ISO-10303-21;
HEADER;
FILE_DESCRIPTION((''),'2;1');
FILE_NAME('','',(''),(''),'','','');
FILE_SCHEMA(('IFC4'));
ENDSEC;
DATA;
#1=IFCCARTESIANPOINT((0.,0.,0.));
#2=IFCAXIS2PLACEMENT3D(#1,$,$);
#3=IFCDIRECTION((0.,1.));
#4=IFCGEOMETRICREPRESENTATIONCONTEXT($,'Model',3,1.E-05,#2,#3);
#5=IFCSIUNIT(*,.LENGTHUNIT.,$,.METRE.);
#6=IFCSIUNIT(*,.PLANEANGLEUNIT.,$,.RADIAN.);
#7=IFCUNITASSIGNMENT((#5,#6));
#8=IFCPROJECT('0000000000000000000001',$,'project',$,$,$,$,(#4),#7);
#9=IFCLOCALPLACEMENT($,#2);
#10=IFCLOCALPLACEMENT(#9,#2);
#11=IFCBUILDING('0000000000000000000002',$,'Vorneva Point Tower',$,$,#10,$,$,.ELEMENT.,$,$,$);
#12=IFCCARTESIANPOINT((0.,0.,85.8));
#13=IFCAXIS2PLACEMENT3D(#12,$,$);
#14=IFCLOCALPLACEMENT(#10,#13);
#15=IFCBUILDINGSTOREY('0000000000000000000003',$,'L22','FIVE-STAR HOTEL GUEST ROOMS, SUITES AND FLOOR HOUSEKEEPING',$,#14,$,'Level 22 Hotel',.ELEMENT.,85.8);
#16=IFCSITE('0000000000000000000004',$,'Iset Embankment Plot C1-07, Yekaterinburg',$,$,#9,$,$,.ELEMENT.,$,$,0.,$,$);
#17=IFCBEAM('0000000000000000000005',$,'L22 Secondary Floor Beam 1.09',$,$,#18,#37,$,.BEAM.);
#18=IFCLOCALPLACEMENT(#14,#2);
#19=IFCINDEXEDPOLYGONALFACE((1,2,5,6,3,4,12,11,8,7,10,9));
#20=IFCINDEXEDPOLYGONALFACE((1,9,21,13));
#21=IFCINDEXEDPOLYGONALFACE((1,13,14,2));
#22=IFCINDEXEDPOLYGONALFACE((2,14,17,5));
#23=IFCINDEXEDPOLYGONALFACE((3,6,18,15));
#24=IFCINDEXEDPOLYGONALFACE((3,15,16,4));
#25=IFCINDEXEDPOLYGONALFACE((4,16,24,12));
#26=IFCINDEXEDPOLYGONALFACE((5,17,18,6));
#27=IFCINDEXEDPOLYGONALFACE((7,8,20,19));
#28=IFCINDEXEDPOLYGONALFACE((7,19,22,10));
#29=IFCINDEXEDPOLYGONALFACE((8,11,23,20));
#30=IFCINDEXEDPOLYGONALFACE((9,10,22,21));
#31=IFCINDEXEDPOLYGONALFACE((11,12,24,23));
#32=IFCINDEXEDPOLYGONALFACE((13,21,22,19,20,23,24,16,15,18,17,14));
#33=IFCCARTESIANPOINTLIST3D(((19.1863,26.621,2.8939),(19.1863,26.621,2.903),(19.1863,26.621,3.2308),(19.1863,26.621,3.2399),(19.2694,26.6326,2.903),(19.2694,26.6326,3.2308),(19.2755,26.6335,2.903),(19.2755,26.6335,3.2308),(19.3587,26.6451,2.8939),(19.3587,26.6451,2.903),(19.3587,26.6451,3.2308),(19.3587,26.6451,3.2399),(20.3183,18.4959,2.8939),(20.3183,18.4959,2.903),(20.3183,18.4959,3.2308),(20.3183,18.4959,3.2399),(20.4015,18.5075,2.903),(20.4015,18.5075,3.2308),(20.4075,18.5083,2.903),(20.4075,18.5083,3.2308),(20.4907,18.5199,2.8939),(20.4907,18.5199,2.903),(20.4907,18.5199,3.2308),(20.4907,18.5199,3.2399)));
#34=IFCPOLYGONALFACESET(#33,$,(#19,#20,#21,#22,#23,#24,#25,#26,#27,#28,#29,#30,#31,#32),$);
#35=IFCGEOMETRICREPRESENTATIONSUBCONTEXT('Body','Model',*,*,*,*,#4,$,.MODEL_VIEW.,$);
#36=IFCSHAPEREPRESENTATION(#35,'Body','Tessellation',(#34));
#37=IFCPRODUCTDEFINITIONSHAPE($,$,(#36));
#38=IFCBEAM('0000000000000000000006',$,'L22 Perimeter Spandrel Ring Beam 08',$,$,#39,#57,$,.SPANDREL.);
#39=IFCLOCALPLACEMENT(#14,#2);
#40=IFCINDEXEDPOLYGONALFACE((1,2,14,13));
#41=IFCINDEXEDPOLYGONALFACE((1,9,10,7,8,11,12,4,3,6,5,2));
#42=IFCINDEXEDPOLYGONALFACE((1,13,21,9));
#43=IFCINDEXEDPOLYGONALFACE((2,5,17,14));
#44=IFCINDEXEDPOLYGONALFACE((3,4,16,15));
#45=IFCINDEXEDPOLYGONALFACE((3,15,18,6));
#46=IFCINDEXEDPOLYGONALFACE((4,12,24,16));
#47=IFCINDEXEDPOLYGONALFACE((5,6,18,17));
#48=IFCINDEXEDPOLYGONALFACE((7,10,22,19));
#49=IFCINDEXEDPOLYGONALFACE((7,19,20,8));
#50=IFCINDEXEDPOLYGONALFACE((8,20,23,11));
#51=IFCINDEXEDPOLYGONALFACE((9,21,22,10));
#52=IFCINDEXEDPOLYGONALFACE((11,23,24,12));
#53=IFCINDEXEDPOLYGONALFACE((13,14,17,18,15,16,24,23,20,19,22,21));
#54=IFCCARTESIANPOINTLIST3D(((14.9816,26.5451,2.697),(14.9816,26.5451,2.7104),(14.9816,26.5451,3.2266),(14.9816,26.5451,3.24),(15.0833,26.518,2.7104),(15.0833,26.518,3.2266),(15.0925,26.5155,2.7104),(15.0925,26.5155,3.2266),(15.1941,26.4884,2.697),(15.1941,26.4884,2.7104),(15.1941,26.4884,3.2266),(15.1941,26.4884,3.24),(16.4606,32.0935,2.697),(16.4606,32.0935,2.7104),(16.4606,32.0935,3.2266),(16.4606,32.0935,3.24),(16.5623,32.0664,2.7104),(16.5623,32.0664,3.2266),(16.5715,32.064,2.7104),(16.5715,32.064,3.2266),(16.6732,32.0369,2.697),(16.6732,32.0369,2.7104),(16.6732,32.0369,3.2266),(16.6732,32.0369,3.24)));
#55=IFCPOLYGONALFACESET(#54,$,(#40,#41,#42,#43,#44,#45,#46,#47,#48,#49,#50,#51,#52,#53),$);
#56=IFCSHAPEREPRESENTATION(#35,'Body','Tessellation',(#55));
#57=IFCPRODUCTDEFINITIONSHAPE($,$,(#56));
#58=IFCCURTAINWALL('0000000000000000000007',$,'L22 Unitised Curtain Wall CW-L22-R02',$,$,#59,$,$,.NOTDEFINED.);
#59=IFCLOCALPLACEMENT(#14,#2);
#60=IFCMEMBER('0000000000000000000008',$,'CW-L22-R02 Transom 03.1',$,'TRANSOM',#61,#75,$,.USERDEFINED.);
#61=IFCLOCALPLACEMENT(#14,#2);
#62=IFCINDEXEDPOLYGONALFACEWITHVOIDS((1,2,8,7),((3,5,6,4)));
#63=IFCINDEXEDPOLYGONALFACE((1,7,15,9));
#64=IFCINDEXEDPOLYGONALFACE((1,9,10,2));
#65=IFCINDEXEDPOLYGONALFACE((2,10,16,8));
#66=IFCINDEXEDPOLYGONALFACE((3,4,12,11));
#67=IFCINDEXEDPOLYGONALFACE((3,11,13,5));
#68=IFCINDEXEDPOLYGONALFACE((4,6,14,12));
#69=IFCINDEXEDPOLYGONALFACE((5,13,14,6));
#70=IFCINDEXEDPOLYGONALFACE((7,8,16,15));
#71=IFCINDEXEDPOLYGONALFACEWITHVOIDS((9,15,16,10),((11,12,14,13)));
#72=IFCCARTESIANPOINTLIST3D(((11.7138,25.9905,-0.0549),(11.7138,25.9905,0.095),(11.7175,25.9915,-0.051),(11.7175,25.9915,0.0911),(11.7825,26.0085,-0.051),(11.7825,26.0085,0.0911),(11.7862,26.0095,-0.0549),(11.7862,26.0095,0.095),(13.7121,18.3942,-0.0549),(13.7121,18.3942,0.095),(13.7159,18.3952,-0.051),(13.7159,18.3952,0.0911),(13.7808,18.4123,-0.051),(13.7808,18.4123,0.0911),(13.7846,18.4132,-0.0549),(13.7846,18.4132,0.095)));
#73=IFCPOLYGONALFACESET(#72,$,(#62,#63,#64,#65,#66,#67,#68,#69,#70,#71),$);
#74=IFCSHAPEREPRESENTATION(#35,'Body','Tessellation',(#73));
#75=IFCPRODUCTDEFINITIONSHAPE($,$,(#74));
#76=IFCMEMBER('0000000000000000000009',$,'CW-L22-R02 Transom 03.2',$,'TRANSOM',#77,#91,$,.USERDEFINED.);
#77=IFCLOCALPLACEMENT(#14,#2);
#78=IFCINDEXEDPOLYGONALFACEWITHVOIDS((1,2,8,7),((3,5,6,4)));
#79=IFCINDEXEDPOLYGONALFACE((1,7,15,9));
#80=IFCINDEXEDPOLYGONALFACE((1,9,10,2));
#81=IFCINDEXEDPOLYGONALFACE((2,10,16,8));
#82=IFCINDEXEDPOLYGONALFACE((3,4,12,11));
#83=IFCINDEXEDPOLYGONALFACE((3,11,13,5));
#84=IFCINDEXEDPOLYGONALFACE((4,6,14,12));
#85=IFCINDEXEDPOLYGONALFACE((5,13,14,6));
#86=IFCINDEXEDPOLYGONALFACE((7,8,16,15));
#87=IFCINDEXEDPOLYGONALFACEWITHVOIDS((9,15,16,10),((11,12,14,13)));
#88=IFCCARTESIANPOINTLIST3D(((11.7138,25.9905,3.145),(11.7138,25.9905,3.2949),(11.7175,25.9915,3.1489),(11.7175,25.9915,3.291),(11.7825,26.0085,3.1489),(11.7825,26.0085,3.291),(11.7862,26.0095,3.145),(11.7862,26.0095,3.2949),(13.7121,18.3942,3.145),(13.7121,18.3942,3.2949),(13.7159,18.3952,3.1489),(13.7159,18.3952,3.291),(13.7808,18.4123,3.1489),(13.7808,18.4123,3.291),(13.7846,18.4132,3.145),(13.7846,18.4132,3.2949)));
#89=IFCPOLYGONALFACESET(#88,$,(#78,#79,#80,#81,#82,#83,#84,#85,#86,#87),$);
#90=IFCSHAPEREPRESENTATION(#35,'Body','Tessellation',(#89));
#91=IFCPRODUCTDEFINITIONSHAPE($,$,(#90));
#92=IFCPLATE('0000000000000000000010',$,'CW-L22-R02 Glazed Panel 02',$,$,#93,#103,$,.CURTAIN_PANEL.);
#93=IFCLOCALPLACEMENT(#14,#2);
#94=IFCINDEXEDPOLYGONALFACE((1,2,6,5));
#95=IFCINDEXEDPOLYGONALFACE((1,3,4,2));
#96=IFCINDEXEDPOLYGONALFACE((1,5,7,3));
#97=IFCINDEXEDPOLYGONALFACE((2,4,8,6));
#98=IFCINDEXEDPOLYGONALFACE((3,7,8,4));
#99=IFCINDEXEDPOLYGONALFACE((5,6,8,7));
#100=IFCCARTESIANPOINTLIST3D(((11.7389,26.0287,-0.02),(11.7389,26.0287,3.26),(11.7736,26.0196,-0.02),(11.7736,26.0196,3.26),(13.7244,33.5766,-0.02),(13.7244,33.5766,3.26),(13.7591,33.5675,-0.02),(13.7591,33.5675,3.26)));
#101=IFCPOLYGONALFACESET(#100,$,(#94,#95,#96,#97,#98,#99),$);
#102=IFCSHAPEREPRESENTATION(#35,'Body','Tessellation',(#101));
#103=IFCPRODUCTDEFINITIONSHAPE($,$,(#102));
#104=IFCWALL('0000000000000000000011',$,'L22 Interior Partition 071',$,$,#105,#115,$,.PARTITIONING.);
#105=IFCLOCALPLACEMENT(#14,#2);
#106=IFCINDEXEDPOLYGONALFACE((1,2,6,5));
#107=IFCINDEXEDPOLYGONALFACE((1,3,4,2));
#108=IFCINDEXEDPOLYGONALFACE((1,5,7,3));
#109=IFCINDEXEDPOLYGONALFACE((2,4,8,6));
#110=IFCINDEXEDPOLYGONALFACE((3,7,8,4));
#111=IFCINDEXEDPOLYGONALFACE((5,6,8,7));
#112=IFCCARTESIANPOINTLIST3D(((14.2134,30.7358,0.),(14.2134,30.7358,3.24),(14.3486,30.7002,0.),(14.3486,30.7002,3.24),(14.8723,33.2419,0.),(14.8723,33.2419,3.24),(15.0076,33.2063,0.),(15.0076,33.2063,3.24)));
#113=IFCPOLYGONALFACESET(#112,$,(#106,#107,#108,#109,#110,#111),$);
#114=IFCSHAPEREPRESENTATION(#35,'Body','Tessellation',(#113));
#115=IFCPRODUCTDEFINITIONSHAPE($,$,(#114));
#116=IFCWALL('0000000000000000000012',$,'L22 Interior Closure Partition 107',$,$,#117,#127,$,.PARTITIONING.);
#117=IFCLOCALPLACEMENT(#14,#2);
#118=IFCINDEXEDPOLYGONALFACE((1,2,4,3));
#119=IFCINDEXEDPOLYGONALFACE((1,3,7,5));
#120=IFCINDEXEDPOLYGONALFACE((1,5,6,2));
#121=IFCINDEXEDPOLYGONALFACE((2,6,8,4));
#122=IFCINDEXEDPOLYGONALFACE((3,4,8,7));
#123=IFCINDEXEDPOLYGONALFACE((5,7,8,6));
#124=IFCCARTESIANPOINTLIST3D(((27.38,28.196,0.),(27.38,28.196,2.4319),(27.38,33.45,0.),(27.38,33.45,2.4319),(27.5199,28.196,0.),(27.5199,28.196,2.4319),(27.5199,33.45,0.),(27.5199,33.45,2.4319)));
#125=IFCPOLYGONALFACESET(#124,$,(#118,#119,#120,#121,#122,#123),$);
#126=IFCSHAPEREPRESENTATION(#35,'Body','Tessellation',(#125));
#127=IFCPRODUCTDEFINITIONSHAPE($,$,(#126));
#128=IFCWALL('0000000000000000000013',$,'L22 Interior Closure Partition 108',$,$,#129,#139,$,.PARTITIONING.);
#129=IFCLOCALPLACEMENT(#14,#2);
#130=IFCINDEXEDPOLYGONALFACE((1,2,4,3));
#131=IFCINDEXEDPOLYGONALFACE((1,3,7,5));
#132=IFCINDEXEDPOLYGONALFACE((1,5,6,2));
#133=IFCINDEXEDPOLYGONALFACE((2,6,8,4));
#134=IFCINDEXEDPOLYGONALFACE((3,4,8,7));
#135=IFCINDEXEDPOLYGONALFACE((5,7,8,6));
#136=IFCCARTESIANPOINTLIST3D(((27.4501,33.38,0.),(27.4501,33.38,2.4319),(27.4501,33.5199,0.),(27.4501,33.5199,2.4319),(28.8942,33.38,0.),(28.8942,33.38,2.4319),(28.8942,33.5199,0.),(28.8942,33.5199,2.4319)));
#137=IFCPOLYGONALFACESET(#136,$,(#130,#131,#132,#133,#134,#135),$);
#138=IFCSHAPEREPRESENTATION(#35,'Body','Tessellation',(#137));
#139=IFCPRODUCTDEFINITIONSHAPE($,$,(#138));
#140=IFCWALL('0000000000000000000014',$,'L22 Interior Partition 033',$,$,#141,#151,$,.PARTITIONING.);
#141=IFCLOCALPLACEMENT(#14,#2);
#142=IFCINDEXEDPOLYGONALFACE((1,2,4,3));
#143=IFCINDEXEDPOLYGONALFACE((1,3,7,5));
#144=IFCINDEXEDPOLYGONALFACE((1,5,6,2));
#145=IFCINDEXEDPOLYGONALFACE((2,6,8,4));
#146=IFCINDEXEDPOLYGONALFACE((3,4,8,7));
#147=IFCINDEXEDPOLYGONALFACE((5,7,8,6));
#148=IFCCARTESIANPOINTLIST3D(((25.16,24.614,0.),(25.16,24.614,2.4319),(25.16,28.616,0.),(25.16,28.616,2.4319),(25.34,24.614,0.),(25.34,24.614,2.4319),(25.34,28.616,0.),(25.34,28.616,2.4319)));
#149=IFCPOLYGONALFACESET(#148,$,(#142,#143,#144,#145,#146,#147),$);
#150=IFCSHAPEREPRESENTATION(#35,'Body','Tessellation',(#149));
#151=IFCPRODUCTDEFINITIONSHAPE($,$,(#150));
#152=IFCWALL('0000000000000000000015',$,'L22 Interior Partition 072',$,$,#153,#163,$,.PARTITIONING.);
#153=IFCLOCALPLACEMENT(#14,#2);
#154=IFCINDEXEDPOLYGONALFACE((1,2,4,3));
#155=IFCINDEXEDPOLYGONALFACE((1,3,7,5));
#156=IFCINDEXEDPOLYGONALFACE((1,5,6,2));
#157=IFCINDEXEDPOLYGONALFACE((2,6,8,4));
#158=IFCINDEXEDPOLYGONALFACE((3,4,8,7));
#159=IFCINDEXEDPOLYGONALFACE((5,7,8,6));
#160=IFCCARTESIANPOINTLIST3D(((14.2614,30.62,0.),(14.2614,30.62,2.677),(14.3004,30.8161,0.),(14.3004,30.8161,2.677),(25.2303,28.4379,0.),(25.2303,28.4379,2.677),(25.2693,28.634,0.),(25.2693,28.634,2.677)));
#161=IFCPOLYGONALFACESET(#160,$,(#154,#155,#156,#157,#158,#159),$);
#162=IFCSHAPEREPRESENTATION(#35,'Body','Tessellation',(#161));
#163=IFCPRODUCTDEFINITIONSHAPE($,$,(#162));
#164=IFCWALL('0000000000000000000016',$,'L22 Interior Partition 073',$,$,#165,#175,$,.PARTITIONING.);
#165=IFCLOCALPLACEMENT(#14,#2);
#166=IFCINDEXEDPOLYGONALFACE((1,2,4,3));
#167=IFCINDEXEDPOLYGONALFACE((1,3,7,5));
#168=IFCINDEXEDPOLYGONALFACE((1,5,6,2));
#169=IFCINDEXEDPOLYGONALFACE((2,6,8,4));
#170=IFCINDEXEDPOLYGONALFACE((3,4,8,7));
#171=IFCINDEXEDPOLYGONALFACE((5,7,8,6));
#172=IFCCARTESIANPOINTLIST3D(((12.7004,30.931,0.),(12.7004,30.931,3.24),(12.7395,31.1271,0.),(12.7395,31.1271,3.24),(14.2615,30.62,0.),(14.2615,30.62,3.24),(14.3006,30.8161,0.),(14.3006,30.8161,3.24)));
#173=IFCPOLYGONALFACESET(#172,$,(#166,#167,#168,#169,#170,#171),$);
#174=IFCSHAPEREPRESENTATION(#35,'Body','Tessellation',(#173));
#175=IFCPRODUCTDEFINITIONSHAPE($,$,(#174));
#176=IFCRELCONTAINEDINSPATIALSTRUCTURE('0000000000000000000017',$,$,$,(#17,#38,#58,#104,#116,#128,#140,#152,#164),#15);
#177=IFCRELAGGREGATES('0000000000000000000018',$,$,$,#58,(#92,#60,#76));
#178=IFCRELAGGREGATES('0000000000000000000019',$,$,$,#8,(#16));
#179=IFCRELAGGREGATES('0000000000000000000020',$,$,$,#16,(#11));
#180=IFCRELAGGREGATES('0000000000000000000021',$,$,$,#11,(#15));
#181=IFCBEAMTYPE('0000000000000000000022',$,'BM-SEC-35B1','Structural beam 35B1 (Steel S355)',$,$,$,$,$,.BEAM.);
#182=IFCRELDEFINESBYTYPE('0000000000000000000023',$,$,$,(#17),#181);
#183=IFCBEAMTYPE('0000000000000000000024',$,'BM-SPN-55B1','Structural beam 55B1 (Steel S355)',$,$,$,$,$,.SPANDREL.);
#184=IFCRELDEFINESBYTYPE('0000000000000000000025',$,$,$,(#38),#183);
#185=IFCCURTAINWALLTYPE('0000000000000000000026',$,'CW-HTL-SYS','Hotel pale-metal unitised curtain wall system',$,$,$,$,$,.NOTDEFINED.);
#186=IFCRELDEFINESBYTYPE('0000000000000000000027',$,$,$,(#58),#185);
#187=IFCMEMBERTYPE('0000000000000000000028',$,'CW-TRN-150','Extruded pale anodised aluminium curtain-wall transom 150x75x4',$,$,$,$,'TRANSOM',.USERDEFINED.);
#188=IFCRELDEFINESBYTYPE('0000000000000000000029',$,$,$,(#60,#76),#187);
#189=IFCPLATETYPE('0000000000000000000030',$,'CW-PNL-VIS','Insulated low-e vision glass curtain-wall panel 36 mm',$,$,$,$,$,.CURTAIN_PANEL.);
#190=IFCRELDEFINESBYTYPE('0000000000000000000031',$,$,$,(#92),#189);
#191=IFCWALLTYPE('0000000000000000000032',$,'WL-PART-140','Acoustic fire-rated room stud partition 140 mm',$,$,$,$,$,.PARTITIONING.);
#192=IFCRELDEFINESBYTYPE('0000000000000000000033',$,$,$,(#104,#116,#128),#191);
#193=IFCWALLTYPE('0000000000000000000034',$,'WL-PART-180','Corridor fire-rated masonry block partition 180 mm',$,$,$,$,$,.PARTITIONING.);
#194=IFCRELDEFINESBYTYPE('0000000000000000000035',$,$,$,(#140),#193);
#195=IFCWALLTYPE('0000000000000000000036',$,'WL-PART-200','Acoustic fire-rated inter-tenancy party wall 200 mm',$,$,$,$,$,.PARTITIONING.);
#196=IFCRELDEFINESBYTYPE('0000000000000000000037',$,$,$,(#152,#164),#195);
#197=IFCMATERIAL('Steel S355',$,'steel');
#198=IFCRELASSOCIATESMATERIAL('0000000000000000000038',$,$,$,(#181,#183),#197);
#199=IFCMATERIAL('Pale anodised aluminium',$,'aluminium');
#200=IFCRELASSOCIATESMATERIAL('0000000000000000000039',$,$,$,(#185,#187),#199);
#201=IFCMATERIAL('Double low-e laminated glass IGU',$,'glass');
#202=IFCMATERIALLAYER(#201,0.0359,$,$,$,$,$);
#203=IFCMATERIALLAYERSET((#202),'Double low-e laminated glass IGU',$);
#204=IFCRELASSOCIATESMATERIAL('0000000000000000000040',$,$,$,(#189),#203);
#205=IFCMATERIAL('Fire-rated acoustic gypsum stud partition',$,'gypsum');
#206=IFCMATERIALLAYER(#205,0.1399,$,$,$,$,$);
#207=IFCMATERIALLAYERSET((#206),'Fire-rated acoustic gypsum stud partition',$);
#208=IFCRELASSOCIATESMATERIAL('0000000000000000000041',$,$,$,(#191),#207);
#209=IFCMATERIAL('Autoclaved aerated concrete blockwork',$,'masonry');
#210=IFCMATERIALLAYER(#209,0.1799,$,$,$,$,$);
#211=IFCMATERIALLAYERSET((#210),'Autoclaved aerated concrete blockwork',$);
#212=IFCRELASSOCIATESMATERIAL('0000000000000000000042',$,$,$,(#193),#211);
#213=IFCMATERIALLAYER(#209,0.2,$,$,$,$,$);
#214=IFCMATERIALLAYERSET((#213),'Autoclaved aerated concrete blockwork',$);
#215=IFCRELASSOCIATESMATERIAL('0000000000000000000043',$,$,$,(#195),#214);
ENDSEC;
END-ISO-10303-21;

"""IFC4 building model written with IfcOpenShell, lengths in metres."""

from ifc_helpers import new_model, si_unit, direction, frame, frame_2d, origin, origin_2d, place, context, subcontext, project, spatial, rectangle, hollow_rectangle, i_section, extrude, material, layer, layer_set, material_profile, profile_set, type_object, element, aggregate, save


model = new_model("IFC4")

# Units and contexts
model_context = context("Model", 3, precision=1e-05, world=origin(), true_north=direction((0.0, 1.0)))
body_context = subcontext(model_context, "Body", "Model", "MODEL_VIEW")
ifc_project = project(units=[si_unit("LENGTHUNIT", "METRE"), si_unit("PLANEANGLEUNIT", "RADIAN")], contexts=[model_context])

# Site, building, storey
site_placement = place(None, origin())
site = spatial("IfcSite", under=ifc_project, at=site_placement, Name="Iset Embankment Plot C1-07, Yekaterinburg", CompositionType="ELEMENT", RefElevation=0.0)
building_placement = place(site_placement, origin())
building = spatial("IfcBuilding", under=site, at=building_placement, Name="Vorneva Point Tower", CompositionType="ELEMENT")
storey_placement = place(building_placement, frame((0.0, 0.0, 85.8)))
storey = spatial("IfcBuildingStorey", under=building, at=storey_placement, Name="L22", Description="FIVE-STAR HOTEL GUEST ROOMS, SUITES AND FLOOR HOUSEKEEPING", LongName="Level 22 Hotel", CompositionType="ELEMENT", Elevation=85.8)

# Beams
ifc_material_1 = material(Name="Steel S355", Category="steel")
ifc_material_profile_1 = material_profile(ifc_material_1, i_section(OverallWidth=0.1741, OverallDepth=0.3459, WebThickness=0.0061, FlangeThickness=0.009, at=origin_2d()), Name="35B1")
ifc_profile_set_1 = profile_set([ifc_material_profile_1], Name="Steel S355")
beam_type_1 = type_object("IfcBeamType", Name="BM-SEC-35B1", Description="Structural beam 35B1 (Steel S355)", PredefinedType="BEAM", material=ifc_profile_set_1)
beam_1_placement = place(storey_placement, frame((19.2725, 26.6331, 3.0669), z_axis=(0.137996, -0.990433, 0.0), x_axis=(0.990433, 0.137996, 0.0)))
element("IfcBeam", 1, at=beam_1_placement, inside=storey, type_object=beam_type_1, Name="L22 Secondary Floor Beam 1.09", PredefinedType="BEAM", context=body_context, shape_type="SweptSolid", body=[
    extrude(i_section(OverallWidth=0.1741, OverallDepth=0.3459, WebThickness=0.0061, FlangeThickness=0.009, at=origin_2d()), origin(), (0.0, 0.0, 1.0), 8.2036),
])
ifc_material_profile_2 = material_profile(ifc_material_1, i_section(OverallWidth=0.22, OverallDepth=0.543, WebThickness=0.0095, FlangeThickness=0.0134, at=origin_2d()), Name="55B1")
ifc_profile_set_2 = profile_set([ifc_material_profile_2], Name="Steel S355")
beam_type_2 = type_object("IfcBeamType", Name="BM-SPN-55B1", Description="Structural beam 55B1 (Steel S355)", PredefinedType="SPANDREL", material=ifc_profile_set_2)
beam_2_placement = place(storey_placement, frame((16.5669, 32.0652, 2.9685), z_axis=(-0.257573, -0.966259, 0.0), x_axis=(0.966259, -0.257573, 0.0)))
element("IfcBeam", 2, at=beam_2_placement, inside=storey, type_object=beam_type_2, Name="L22 Perimeter Spandrel Ring Beam 08", PredefinedType="SPANDREL", context=body_context, shape_type="SweptSolid", body=[
    extrude(i_section(OverallWidth=0.22, OverallDepth=0.543, WebThickness=0.0095, FlangeThickness=0.0134, at=origin_2d()), origin(), (0.0, 0.0, 1.0), 5.7422),
])

# Curtain wall, members, plate
ifc_material_2 = material(Name="Pale anodised aluminium", Category="aluminium")
curtain_wall_type = type_object("IfcCurtainWallType", Name="CW-HTL-SYS", Description="Hotel pale-metal unitised curtain wall system", PredefinedType="NOTDEFINED", material=ifc_material_2)
curtain_wall_placement = place(storey_placement, origin())
curtain_wall = element("IfcCurtainWall", 3, at=curtain_wall_placement, inside=storey, type_object=curtain_wall_type, Name="L22 Unitised Curtain Wall CW-L22-R02", PredefinedType="NOTDEFINED")
ifc_material_profile_3 = material_profile(ifc_material_2, hollow_rectangle(XDim=0.075, YDim=0.1499, WallThickness=0.0039, at=origin_2d()), Name="AL-TRN 150x75x4")
ifc_profile_set_3 = profile_set([ifc_material_profile_3], Name="Pale anodised aluminium")
member_type = type_object("IfcMemberType", Name="CW-TRN-150", Description="Extruded pale anodised aluminium curtain-wall transom 150x75x4", ElementType="TRANSOM", PredefinedType="USERDEFINED", material=ifc_profile_set_3)
member_1_placement = place(storey_placement, frame((11.75, 26.0, 0.02), z_axis=(0.254409, -0.967097, 0.0), x_axis=(0.967097, 0.254409, 0.0)))
member_1 = element("IfcMember", 4, at=member_1_placement, type_object=member_type, Name="CW-L22-R02 Transom 03.1", ObjectType="TRANSOM", PredefinedType="USERDEFINED", context=body_context, shape_type="SweptSolid", body=[
    extrude(hollow_rectangle(XDim=0.075, YDim=0.1499, WallThickness=0.0039, at=origin_2d()), origin(), (0.0, 0.0, 1.0), 7.8547),
])
member_2_placement = place(storey_placement, frame((11.75, 26.0, 3.22), z_axis=(0.254409, -0.967097, 0.0), x_axis=(0.967097, 0.254409, 0.0)))
member_2 = element("IfcMember", 5, at=member_2_placement, type_object=member_type, Name="CW-L22-R02 Transom 03.2", ObjectType="TRANSOM", PredefinedType="USERDEFINED", context=body_context, shape_type="SweptSolid", body=[
    extrude(hollow_rectangle(XDim=0.075, YDim=0.1499, WallThickness=0.0039, at=origin_2d()), origin(), (0.0, 0.0, 1.0), 7.8547),
])
ifc_material_3 = material(Name="Double low-e laminated glass IGU", Category="glass")
ifc_layer_1 = layer(ifc_material_3, 0.0359)
ifc_layer_set_1 = layer_set([ifc_layer_1], Name="Double low-e laminated glass IGU")
plate_type = type_object("IfcPlateType", Name="CW-PNL-VIS", Description="Insulated low-e vision glass curtain-wall panel 36 mm", PredefinedType="CURTAIN_PANEL", material=ifc_layer_set_1)
plate_placement = place(storey_placement, frame((12.749, 29.7981, -0.02), z_axis=(0.0, 0.0, 1.0), x_axis=(-0.254399, -0.967099, 0.0)))
plate = element("IfcPlate", 6, at=plate_placement, type_object=plate_type, Name="CW-L22-R02 Glazed Panel 02", PredefinedType="CURTAIN_PANEL", context=body_context, shape_type="SweptSolid", body=[
    extrude(rectangle(XDim=7.8047, YDim=0.0359, at=origin_2d()), origin(), (0.0, 0.0, 1.0), 3.28),
])
aggregate(curtain_wall, [plate, member_1, member_2])

# Walls
ifc_material_4 = material(Name="Fire-rated acoustic gypsum stud partition", Category="gypsum")
ifc_layer_2 = layer(ifc_material_4, 0.1399)
ifc_layer_set_2 = layer_set([ifc_layer_2], Name="Fire-rated acoustic gypsum stud partition")
wall_type_1 = type_object("IfcWallType", Name="WL-PART-140", Description="Acoustic fire-rated room stud partition 140 mm", PredefinedType="PARTITIONING", material=ifc_layer_set_2)
wall_1_placement = place(storey_placement, frame((14.9399, 33.2241, 0.0), z_axis=(0.0, 0.0, 1.0), x_axis=(-0.254289, -0.967128, 0.0)))
element("IfcWall", 7, at=wall_1_placement, inside=storey, type_object=wall_type_1, Name="L22 Interior Partition 071", PredefinedType="PARTITIONING", context=body_context, shape_type="SweptSolid", body=[
    extrude(rectangle(XDim=2.5913, YDim=0.1399, at=frame_2d((1.2957, 0.0))), origin(), (0.0, 0.0, 1.0), 3.24),
])
wall_2_placement = place(storey_placement, frame((27.45, 28.196, 0.0), z_axis=(0.0, 0.0, 1.0), x_axis=(0.0, 1.0, 0.0)))
element("IfcWall", 8, at=wall_2_placement, inside=storey, type_object=wall_type_1, Name="L22 Interior Closure Partition 107", PredefinedType="PARTITIONING", context=body_context, shape_type="SweptSolid", body=[
    extrude(rectangle(XDim=5.2539, YDim=0.1399, at=frame_2d((2.627, 0.0))), origin(), (0.0, 0.0, 1.0), 2.4319),
])
wall_3_placement = place(storey_placement, frame((27.45, 33.45, 0.0), z_axis=(0.0, 0.0, 1.0), x_axis=(1.0, 0.0, 0.0)))
element("IfcWall", 9, at=wall_3_placement, inside=storey, type_object=wall_type_1, Name="L22 Interior Closure Partition 108", PredefinedType="PARTITIONING", context=body_context, shape_type="SweptSolid", body=[
    extrude(rectangle(XDim=1.4441, YDim=0.1399, at=frame_2d((0.7222, 0.0))), origin(), (0.0, 0.0, 1.0), 2.4319),
])

# Shared definitions
ifc_material_5 = material(Name="Autoclaved aerated concrete blockwork", Category="masonry")
ifc_layer_3 = layer(ifc_material_5, 0.1799)
ifc_layer_set_3 = layer_set([ifc_layer_3], Name="Autoclaved aerated concrete blockwork")
wall_type_2 = type_object("IfcWallType", Name="WL-PART-180", Description="Corridor fire-rated masonry block partition 180 mm", PredefinedType="PARTITIONING", material=ifc_layer_set_3)

# Walls
wall_4_placement = place(storey_placement, frame((25.25, 28.616, 0.0), z_axis=(0.0, 0.0, 1.0), x_axis=(0.0, -1.0, 0.0)))
element("IfcWall", 10, at=wall_4_placement, inside=storey, type_object=wall_type_2, Name="L22 Interior Partition 033", PredefinedType="PARTITIONING", context=body_context, shape_type="SweptSolid", body=[
    extrude(rectangle(XDim=4.002, YDim=0.1799, at=frame_2d((2.001, 0.0))), origin(), (0.0, 0.0, 1.0), 2.4319),
])
ifc_layer_4 = layer(ifc_material_5, 0.2)
ifc_layer_set_4 = layer_set([ifc_layer_4], Name="Autoclaved aerated concrete blockwork")
wall_type_3 = type_object("IfcWallType", Name="WL-PART-200", Description="Acoustic fire-rated inter-tenancy party wall 200 mm", PredefinedType="PARTITIONING", material=ifc_layer_set_4)
wall_5_placement = place(storey_placement, frame((14.281, 30.718, 0.0), z_axis=(0.0, 0.0, 1.0), x_axis=(0.980781, -0.195113, 0.0)))
element("IfcWall", 11, at=wall_5_placement, inside=storey, type_object=wall_type_3, Name="L22 Interior Partition 072", PredefinedType="PARTITIONING", context=body_context, shape_type="SweptSolid", body=[
    extrude(rectangle(XDim=11.1838, YDim=0.2, at=frame_2d((5.5918, 0.0))), origin(), (0.0, 0.0, 1.0), 2.677),
])
wall_6_placement = place(storey_placement, frame((12.72, 31.0291, 0.0), z_axis=(0.0, 0.0, 1.0), x_axis=(0.980722, -0.195408, 0.0)))
element("IfcWall", 12, at=wall_6_placement, inside=storey, type_object=wall_type_3, Name="L22 Interior Partition 073", PredefinedType="PARTITIONING", context=body_context, shape_type="SweptSolid", body=[
    extrude(rectangle(XDim=1.5918, YDim=0.2, at=frame_2d((0.7959, 0.0))), origin(), (0.0, 0.0, 1.0), 3.24),
])

save(model, "model.ifc")
